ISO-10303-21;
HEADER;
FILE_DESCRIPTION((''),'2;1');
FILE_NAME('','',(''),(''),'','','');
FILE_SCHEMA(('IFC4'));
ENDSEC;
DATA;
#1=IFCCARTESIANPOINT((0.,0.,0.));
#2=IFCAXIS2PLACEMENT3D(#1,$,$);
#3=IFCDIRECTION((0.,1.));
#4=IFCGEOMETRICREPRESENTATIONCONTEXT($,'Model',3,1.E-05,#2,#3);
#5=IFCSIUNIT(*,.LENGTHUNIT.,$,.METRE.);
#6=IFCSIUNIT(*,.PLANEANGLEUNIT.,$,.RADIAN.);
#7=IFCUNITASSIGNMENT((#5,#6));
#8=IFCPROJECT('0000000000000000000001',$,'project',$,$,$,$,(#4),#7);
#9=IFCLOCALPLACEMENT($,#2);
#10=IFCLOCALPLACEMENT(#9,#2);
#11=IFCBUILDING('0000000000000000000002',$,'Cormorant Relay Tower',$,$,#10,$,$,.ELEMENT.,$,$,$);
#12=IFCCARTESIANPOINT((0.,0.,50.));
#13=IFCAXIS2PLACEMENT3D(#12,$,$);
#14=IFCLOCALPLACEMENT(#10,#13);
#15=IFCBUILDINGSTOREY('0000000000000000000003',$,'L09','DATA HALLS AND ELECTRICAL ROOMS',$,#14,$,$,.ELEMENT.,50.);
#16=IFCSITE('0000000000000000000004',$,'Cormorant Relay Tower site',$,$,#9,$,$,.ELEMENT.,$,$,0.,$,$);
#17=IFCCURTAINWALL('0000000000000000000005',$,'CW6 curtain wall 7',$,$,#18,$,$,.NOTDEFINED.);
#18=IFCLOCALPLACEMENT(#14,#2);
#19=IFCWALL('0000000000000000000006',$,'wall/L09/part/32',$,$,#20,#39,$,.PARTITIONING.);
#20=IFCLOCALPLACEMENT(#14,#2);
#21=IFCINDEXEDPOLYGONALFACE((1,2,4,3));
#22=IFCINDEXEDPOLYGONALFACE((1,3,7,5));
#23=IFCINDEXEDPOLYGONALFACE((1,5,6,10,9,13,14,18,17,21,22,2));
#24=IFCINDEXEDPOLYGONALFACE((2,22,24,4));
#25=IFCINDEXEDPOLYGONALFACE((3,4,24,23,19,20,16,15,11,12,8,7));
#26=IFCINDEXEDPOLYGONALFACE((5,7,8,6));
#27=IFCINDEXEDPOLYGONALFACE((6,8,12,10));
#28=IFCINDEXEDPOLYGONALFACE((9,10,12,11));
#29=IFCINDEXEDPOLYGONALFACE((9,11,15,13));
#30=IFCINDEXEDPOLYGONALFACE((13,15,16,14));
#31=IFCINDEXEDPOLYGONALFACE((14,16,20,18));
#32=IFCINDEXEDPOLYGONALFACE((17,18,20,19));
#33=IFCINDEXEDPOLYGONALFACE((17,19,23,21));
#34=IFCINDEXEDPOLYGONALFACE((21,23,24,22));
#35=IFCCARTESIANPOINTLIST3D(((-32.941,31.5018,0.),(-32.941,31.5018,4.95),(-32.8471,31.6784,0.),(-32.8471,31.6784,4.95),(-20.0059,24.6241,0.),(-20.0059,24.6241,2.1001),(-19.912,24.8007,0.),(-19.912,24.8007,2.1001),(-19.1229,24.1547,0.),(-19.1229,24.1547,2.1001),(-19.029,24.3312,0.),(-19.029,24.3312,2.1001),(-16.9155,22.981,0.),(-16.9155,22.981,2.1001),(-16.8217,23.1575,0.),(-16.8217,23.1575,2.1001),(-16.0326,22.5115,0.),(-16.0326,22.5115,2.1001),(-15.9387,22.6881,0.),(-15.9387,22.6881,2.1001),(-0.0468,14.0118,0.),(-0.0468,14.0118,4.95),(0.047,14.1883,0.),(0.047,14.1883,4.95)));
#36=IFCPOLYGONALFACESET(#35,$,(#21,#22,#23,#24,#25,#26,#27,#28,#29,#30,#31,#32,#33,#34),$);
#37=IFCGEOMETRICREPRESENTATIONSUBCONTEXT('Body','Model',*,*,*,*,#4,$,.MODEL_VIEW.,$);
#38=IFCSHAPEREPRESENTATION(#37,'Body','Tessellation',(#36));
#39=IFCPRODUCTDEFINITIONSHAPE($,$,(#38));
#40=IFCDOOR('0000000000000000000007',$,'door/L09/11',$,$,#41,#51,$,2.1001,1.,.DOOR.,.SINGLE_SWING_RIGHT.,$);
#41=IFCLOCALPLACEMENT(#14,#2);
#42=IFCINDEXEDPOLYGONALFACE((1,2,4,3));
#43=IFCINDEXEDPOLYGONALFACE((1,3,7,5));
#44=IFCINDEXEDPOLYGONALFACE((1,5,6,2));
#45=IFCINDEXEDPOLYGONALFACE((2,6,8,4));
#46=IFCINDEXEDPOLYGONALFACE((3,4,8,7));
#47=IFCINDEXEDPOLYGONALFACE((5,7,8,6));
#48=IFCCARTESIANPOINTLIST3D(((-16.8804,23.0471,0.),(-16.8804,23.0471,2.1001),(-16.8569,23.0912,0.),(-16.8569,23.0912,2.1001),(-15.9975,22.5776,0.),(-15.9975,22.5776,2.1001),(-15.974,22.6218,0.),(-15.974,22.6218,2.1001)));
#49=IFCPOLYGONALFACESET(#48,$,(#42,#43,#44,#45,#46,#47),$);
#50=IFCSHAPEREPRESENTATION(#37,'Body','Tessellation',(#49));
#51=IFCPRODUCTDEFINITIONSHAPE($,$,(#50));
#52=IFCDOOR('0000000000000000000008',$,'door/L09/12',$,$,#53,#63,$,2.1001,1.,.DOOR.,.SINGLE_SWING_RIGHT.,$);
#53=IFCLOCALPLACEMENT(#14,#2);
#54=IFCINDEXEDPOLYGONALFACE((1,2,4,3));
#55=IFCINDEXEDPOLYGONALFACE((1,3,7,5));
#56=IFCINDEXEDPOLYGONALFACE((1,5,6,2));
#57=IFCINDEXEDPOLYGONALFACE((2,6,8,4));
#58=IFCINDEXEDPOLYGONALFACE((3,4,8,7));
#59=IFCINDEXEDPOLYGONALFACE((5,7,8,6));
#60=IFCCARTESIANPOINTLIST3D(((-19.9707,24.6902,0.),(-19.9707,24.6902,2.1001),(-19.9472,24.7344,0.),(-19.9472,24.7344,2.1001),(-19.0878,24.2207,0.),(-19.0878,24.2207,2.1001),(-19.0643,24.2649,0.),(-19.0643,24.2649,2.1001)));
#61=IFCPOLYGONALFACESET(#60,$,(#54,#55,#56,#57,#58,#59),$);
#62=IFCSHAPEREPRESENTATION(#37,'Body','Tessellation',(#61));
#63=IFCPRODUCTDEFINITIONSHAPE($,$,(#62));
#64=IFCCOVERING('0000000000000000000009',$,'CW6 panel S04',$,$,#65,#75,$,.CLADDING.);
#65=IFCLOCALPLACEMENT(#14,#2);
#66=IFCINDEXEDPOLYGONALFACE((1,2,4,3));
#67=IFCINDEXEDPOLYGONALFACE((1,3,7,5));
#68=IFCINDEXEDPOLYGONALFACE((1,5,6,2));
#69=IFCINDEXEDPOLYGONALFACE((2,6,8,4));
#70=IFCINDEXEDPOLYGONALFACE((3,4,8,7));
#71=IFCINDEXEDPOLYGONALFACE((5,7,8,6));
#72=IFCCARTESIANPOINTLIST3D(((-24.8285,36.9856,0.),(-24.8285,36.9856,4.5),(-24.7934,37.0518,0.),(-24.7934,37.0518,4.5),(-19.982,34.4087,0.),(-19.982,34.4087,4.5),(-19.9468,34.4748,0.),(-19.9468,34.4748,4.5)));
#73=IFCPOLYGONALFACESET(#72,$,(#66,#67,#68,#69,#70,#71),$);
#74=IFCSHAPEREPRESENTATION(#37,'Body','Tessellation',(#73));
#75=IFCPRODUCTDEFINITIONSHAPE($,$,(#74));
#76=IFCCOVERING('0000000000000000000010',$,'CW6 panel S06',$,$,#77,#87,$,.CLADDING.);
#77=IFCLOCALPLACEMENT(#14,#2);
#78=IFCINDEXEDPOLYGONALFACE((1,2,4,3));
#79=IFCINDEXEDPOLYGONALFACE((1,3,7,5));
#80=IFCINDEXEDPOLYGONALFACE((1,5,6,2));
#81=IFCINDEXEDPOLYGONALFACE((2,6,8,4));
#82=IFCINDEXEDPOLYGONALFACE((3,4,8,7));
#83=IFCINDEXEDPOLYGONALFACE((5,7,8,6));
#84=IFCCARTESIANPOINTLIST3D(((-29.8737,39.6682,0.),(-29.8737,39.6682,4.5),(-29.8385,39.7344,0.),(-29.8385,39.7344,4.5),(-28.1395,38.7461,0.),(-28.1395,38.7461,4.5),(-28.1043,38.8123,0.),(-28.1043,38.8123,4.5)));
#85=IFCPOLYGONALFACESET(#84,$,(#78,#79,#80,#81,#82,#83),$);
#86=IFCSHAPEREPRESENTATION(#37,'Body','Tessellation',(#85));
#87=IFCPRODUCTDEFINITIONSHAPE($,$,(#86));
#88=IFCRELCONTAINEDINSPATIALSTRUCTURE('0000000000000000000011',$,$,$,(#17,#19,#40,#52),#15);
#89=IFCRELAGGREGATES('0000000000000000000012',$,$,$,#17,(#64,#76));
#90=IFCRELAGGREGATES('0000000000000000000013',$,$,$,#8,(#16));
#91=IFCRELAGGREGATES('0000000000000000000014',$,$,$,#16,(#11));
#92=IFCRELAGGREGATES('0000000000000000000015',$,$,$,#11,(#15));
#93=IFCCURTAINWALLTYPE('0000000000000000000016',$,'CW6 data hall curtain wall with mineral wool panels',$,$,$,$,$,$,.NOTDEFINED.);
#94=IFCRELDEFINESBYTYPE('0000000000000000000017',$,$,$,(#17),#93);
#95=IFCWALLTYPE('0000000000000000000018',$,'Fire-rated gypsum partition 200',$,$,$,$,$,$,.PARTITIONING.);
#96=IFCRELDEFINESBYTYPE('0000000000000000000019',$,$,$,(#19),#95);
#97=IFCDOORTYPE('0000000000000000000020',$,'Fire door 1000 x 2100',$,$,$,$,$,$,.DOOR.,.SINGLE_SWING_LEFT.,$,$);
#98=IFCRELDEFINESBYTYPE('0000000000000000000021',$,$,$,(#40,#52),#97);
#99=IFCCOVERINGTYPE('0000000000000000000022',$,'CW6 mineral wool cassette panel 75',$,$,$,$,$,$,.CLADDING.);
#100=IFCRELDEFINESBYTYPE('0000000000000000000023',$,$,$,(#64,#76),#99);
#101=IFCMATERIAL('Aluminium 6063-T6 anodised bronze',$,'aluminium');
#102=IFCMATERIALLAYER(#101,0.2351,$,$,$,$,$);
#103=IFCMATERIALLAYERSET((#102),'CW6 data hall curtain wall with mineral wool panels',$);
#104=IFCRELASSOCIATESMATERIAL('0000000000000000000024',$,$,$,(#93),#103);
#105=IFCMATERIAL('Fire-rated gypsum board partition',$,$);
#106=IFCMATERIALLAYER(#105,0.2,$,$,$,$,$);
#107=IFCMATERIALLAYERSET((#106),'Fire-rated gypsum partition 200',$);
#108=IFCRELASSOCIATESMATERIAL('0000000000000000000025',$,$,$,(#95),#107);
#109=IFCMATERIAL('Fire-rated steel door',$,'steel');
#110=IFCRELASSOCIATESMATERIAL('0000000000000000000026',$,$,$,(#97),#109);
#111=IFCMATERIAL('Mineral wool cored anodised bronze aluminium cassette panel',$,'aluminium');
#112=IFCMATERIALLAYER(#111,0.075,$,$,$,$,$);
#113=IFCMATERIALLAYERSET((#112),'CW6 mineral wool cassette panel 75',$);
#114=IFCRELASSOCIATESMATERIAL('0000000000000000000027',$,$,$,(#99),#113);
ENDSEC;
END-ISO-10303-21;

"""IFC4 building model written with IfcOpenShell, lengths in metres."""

from ifc_helpers import new_model, si_unit, direction, frame, frame_2d, origin, origin_2d, place, context, subcontext, project, spatial, rectangle, extrude, material, layer, layer_set, type_object, element, fill, aggregate, save


model = new_model("IFC4")

# Units and contexts
model_context = context("Model", 3, precision=1e-05, world=origin(), true_north=direction((0.0, 1.0)))
body_context = subcontext(model_context, "Body", "Model", "MODEL_VIEW")
ifc_project = project(units=[si_unit("LENGTHUNIT", "METRE"), si_unit("PLANEANGLEUNIT", "RADIAN")], contexts=[model_context])

# Site, building, storey
site_placement = place(None, origin())
site = spatial("IfcSite", under=ifc_project, at=site_placement, Name="Cormorant Relay Tower site", CompositionType="ELEMENT", RefElevation=0.0)
building_placement = place(site_placement, origin())
building = spatial("IfcBuilding", under=site, at=building_placement, Name="Cormorant Relay Tower", CompositionType="ELEMENT")
storey_placement = place(building_placement, frame((0.0, 0.0, 50.0)))
storey = spatial("IfcBuildingStorey", under=building, at=storey_placement, Name="L09", Description="DATA HALLS AND ELECTRICAL ROOMS", CompositionType="ELEMENT", Elevation=50.0)

# Curtain wall
ifc_material_1 = material(Name="Aluminium 6063-T6 anodised bronze", Category="aluminium")
ifc_layer_1 = layer(ifc_material_1, 0.2351)
ifc_layer_set_1 = layer_set([ifc_layer_1], Name="CW6 data hall curtain wall with mineral wool panels")
curtain_wall_type = type_object("IfcCurtainWallType", Name="CW6 data hall curtain wall with mineral wool panels", PredefinedType="NOTDEFINED", material=ifc_layer_set_1)
curtain_wall_1_placement = place(storey_placement, origin())
curtain_wall_1 = element("IfcCurtainWall", 1, at=curtain_wall_1_placement, inside=storey, type_object=curtain_wall_type, Name="CW6 curtain wall 7", PredefinedType="NOTDEFINED")

# Shared definitions
ifc_material_2 = material(Name="Fire-rated gypsum board partition")
ifc_layer_2 = layer(ifc_material_2, 0.2)
ifc_layer_set_2 = layer_set([ifc_layer_2], Name="Fire-rated gypsum partition 200")
wall_type = type_object("IfcWallType", Name="Fire-rated gypsum partition 200", PredefinedType="PARTITIONING", material=ifc_layer_set_2)

# Shared definitions
ifc_material_3 = material(Name="Fire-rated steel door", Category="steel")
door_type = type_object("IfcDoorType", Name="Fire door 1000 x 2100", OperationType="SINGLE_SWING_LEFT", PredefinedType="DOOR", material=ifc_material_3)

# Wall, openings, doors
wall_1_placement = place(storey_placement, frame((-32.894, 31.5901, 0.0), z_axis=(0.0, 0.0, 1.0), x_axis=(0.882949, -0.46947, 0.0)))
wall_1 = element("IfcWall", 2, at=wall_1_placement, inside=storey, type_object=wall_type, Name="wall/L09/part/32", PredefinedType="PARTITIONING", context=body_context, shape_type="SweptSolid", body=[
    extrude(rectangle(XDim=37.2549, YDim=0.2, at=frame_2d((18.6274, 0.0))), origin(), (0.0, 0.0, 1.0), 4.95),
])
opening_1_placement = place(wall_1_placement, frame((18.1499, 0.0, 0.0)))
opening_1 = element("IfcOpeningElement", 3, at=opening_1_placement, cuts=wall_1, PredefinedType="OPENING", context=body_context, shape_type="SweptSolid", body=[
    extrude(rectangle(XDim=1.0, YDim=2.1001, at=frame_2d((0.5, 1.05))), frame((0.0, 0.1099, 0.0), z_axis=(0.0, -1.0, 0.0), x_axis=(1.0, 0.0, 0.0)), (0.0, 0.0, 1.0), 0.22),
])
opening_2_placement = place(wall_1_placement, frame((14.6499, 0.0, 0.0)))
opening_2 = element("IfcOpeningElement", 4, at=opening_2_placement, cuts=wall_1, PredefinedType="OPENING", context=body_context, shape_type="SweptSolid", body=[
    extrude(rectangle(XDim=1.0, YDim=2.1001, at=frame_2d((0.5, 1.05))), frame((0.0, 0.1099, 0.0), z_axis=(0.0, -1.0, 0.0), x_axis=(1.0, 0.0, 0.0)), (0.0, 0.0, 1.0), 0.22),
])
door_1_placement = place(opening_1_placement, origin())
door_1 = element("IfcDoor", 5, at=door_1_placement, inside=storey, type_object=door_type, Name="door/L09/11", OperationType="SINGLE_SWING_RIGHT", OverallHeight=2.1001, OverallWidth=1.0, PredefinedType="DOOR", context=body_context, shape_type="SweptSolid", body=[
    extrude(rectangle(XDim=1.0, YDim=2.1001, at=frame_2d((0.5, 1.05))), frame((0.0, 0.0249, 0.0), z_axis=(0.0, -1.0, 0.0), x_axis=(1.0, 0.0, 0.0)), (0.0, 0.0, 1.0), 0.05),
])
fill(opening_1, door_1)
door_2_placement = place(opening_2_placement, origin())
door_2 = element("IfcDoor", 6, at=door_2_placement, inside=storey, type_object=door_type, Name="door/L09/12", OperationType="SINGLE_SWING_RIGHT", OverallHeight=2.1001, OverallWidth=1.0, PredefinedType="DOOR", context=body_context, shape_type="SweptSolid", body=[
    extrude(rectangle(XDim=1.0, YDim=2.1001, at=frame_2d((0.5, 1.05))), frame((0.0, 0.0249, 0.0), z_axis=(0.0, -1.0, 0.0), x_axis=(1.0, 0.0, 0.0)), (0.0, 0.0, 1.0), 0.05),
])
fill(opening_2, door_2)

# Coverings
ifc_material_4 = material(Name="Mineral wool cored anodised bronze aluminium cassette panel", Category="aluminium")
ifc_layer_3 = layer(ifc_material_4, 0.075)
ifc_layer_set_3 = layer_set([ifc_layer_3], Name="CW6 mineral wool cassette panel 75")
covering_type = type_object("IfcCoveringType", Name="CW6 mineral wool cassette panel 75", PredefinedType="CLADDING", material=ifc_layer_set_3)
covering_1_placement = place(storey_placement, frame((-22.3877, 35.7302, 0.0), z_axis=(0.0, 0.0, 1.0), x_axis=(-0.882948, 0.469472, 0.0)))
covering_1 = element("IfcCovering", 7, at=covering_1_placement, type_object=covering_type, Name="CW6 panel S04", PredefinedType="CLADDING", context=body_context, shape_type="SweptSolid", body=[
    extrude(rectangle(XDim=5.489, YDim=0.075, at=origin_2d()), origin(), (0.0, 0.0, 1.0), 4.5),
])
covering_2_placement = place(storey_placement, frame((-28.989, 39.2402, 0.0), z_axis=(0.0, 0.0, 1.0), x_axis=(-0.882948, 0.469472, 0.0)))
covering_2 = element("IfcCovering", 8, at=covering_2_placement, type_object=covering_type, Name="CW6 panel S06", PredefinedType="CLADDING", context=body_context, shape_type="SweptSolid", body=[
    extrude(rectangle(XDim=1.9641, YDim=0.075, at=origin_2d()), origin(), (0.0, 0.0, 1.0), 4.5),
])
aggregate(curtain_wall_1, [covering_1, covering_2])

save(model, "model.ifc")
